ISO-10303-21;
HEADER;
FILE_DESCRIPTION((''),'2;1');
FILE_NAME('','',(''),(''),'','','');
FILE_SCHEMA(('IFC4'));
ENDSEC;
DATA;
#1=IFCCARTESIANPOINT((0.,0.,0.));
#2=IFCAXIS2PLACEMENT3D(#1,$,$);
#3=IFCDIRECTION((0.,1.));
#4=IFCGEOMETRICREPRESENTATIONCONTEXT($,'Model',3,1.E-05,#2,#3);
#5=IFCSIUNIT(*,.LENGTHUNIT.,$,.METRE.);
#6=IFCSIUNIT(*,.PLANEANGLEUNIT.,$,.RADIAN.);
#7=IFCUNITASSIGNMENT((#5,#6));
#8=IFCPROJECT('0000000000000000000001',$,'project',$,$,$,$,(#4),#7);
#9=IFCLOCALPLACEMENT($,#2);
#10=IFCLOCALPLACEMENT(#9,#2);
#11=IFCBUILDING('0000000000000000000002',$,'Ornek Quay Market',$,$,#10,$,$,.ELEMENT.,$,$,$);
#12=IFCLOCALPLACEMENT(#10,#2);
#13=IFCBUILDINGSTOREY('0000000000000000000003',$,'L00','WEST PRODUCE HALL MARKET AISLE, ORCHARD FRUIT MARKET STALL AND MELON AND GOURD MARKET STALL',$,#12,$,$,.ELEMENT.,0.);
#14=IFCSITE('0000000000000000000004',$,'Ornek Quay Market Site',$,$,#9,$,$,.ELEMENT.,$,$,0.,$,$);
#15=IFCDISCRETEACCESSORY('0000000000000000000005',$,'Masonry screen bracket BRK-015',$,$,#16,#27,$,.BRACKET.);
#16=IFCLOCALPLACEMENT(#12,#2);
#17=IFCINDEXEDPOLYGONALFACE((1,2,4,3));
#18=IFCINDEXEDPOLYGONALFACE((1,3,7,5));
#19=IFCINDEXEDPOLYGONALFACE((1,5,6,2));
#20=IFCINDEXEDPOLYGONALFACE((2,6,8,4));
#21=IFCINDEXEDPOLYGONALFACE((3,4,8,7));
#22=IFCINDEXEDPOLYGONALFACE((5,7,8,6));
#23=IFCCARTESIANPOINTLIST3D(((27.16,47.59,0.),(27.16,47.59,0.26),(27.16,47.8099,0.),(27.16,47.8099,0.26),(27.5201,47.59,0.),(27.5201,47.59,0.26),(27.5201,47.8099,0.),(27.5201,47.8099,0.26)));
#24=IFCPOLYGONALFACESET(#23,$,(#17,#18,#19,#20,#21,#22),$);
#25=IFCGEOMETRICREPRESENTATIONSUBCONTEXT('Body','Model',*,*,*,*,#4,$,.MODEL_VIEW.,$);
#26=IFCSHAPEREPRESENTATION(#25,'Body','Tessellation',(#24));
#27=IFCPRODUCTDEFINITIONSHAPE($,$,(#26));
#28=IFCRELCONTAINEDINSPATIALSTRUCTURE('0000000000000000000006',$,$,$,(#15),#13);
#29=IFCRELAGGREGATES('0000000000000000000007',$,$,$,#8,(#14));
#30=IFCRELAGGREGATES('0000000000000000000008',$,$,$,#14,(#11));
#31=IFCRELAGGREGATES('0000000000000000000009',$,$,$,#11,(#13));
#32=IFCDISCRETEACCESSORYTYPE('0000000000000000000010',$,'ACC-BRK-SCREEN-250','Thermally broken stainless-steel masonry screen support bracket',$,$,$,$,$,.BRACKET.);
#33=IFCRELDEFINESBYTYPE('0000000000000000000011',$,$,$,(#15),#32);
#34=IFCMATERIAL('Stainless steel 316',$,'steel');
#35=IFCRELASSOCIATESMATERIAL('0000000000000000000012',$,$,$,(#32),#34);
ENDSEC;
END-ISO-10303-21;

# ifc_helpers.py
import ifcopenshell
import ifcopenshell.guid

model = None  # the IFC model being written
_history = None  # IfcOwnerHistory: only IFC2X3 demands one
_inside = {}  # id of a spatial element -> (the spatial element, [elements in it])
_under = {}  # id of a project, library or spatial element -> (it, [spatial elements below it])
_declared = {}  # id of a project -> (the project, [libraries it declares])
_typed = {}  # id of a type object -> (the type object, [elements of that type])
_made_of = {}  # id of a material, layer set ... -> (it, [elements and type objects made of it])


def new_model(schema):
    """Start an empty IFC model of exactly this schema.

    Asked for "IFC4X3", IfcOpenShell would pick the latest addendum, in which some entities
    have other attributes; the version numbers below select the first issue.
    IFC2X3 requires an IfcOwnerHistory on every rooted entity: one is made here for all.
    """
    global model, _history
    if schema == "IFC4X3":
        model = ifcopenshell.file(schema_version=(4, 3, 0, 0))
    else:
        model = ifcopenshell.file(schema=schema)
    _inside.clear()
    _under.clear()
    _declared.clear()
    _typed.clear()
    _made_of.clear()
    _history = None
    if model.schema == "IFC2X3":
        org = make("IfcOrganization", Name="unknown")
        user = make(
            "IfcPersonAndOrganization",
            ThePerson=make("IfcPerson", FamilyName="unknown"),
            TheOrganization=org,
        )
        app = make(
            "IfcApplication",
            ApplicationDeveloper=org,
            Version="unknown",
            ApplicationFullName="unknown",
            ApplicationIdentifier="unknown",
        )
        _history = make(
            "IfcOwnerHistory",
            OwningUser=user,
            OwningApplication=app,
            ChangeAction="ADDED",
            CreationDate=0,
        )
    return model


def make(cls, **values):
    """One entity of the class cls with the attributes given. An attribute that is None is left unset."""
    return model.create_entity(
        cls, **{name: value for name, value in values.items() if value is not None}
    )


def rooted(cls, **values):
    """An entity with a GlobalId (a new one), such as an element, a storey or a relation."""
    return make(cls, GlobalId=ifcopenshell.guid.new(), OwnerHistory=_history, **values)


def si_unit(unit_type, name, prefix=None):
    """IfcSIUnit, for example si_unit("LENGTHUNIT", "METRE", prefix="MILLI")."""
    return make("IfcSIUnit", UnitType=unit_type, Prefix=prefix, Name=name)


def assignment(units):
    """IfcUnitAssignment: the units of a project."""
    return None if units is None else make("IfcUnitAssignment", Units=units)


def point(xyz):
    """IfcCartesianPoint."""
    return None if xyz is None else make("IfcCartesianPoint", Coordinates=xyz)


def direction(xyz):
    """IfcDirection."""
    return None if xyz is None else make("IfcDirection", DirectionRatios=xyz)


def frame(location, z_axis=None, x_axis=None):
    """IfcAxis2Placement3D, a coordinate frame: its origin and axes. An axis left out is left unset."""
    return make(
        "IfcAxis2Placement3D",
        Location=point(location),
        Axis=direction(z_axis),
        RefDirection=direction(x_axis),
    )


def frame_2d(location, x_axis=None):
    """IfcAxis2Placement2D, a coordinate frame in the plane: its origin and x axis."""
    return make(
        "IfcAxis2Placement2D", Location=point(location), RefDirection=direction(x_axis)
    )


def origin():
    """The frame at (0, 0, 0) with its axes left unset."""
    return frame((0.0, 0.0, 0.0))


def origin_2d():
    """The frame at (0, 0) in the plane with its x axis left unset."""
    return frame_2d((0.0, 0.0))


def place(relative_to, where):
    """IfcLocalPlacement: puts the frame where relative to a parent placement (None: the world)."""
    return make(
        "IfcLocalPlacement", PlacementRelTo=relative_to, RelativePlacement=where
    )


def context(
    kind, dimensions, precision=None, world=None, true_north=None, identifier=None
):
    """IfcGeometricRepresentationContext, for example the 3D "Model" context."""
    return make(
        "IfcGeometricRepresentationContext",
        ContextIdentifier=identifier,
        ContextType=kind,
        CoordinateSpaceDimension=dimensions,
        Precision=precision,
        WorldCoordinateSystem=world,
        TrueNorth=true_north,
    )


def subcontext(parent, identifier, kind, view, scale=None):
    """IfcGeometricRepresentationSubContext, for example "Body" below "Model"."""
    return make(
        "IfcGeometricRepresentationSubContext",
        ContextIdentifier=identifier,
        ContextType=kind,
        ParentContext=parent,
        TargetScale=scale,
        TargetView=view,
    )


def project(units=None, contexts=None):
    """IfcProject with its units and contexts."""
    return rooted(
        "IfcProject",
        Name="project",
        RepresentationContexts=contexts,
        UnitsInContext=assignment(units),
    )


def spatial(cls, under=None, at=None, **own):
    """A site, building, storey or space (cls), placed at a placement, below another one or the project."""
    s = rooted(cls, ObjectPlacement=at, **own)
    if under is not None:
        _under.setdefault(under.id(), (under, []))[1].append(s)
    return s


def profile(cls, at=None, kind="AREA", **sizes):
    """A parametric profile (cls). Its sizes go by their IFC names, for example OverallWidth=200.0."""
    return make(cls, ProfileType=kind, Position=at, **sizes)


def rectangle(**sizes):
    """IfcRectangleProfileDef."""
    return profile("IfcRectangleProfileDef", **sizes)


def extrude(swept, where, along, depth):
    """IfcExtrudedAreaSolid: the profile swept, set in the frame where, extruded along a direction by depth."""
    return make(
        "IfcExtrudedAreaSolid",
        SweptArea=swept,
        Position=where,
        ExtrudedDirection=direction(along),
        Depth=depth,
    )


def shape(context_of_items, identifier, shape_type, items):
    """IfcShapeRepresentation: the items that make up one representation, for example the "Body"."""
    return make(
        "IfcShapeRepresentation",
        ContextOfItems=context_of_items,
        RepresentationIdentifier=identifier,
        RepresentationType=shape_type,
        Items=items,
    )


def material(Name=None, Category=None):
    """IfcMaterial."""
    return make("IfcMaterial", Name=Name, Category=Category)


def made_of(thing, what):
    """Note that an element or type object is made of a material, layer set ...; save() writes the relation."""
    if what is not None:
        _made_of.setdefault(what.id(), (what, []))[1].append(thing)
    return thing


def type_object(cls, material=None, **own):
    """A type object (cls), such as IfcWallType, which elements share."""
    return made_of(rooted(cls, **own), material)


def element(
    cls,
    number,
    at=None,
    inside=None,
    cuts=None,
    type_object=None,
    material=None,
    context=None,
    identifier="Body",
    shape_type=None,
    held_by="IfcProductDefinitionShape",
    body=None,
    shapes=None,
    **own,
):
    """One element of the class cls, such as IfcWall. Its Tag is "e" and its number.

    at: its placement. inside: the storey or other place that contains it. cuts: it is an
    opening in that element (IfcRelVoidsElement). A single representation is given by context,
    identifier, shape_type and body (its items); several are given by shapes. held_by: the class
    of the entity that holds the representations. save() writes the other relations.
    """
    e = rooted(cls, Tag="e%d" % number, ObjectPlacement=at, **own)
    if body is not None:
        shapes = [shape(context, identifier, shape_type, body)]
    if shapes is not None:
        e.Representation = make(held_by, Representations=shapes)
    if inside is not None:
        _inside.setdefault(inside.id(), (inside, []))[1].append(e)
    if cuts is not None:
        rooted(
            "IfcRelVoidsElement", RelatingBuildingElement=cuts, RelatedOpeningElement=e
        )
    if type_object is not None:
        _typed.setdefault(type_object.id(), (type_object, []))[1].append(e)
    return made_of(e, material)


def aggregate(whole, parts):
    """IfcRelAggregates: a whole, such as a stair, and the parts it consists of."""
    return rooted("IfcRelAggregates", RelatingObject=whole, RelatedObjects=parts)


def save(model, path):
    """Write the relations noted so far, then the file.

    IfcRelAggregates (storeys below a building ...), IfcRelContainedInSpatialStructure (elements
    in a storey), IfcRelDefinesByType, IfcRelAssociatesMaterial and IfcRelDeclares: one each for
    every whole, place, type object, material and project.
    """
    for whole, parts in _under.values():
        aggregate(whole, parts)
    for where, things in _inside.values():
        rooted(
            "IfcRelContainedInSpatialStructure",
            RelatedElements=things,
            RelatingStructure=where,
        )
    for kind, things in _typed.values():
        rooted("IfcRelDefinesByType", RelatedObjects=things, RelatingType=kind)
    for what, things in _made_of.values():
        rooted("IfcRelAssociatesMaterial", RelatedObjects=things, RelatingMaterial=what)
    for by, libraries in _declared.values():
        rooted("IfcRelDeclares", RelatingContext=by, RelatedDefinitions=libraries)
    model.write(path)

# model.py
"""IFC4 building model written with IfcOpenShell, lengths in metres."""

from ifc_helpers import new_model, si_unit, direction, frame, origin, origin_2d, place, context, subcontext, project, spatial, rectangle, extrude, material, type_object, element, save


model = new_model("IFC4")

# Units and contexts
model_context = context("Model", 3, precision=1e-05, world=origin(), true_north=direction((0.0, 1.0)))
body_context = subcontext(model_context, "Body", "Model", "MODEL_VIEW")
ifc_project = project(units=[si_unit("LENGTHUNIT", "METRE"), si_unit("PLANEANGLEUNIT", "RADIAN")], contexts=[model_context])

# Site, building, storey
site_placement = place(None, origin())
site = spatial("IfcSite", under=ifc_project, at=site_placement, Name="Ornek Quay Market Site", CompositionType="ELEMENT", RefElevation=0.0)
building_placement = place(site_placement, origin())
building = spatial("IfcBuilding", under=site, at=building_placement, Name="Ornek Quay Market", CompositionType="ELEMENT")
storey_placement = place(building_placement, origin())
storey = spatial("IfcBuildingStorey", under=building, at=storey_placement, Name="L00", Description="WEST PRODUCE HALL MARKET AISLE, ORCHARD FRUIT MARKET STALL AND MELON AND GOURD MARKET STALL", CompositionType="ELEMENT", Elevation=0.0)

# Discrete accessory
ifc_material_1 = material(Name="Stainless steel 316", Category="steel")
discrete_accessory_type = type_object("IfcDiscreteAccessoryType", Name="ACC-BRK-SCREEN-250", Description="Thermally broken stainless-steel masonry screen support bracket", PredefinedType="BRACKET", material=ifc_material_1)
discrete_accessory_placement = place(storey_placement, frame((27.3401, 47.7, 0.0), z_axis=(0.0, 0.0, 1.0), x_axis=(0.0, 1.0, 0.0)))
element("IfcDiscreteAccessory", 1, at=discrete_accessory_placement, inside=storey, type_object=discrete_accessory_type, Name="Masonry screen bracket BRK-015", PredefinedType="BRACKET", context=body_context, shape_type="SweptSolid", body=[
    extrude(rectangle(XDim=0.22, YDim=0.3601, at=origin_2d()), origin(), (0.0, 0.0, 1.0), 0.26),
])

save(model, "model.ifc")
